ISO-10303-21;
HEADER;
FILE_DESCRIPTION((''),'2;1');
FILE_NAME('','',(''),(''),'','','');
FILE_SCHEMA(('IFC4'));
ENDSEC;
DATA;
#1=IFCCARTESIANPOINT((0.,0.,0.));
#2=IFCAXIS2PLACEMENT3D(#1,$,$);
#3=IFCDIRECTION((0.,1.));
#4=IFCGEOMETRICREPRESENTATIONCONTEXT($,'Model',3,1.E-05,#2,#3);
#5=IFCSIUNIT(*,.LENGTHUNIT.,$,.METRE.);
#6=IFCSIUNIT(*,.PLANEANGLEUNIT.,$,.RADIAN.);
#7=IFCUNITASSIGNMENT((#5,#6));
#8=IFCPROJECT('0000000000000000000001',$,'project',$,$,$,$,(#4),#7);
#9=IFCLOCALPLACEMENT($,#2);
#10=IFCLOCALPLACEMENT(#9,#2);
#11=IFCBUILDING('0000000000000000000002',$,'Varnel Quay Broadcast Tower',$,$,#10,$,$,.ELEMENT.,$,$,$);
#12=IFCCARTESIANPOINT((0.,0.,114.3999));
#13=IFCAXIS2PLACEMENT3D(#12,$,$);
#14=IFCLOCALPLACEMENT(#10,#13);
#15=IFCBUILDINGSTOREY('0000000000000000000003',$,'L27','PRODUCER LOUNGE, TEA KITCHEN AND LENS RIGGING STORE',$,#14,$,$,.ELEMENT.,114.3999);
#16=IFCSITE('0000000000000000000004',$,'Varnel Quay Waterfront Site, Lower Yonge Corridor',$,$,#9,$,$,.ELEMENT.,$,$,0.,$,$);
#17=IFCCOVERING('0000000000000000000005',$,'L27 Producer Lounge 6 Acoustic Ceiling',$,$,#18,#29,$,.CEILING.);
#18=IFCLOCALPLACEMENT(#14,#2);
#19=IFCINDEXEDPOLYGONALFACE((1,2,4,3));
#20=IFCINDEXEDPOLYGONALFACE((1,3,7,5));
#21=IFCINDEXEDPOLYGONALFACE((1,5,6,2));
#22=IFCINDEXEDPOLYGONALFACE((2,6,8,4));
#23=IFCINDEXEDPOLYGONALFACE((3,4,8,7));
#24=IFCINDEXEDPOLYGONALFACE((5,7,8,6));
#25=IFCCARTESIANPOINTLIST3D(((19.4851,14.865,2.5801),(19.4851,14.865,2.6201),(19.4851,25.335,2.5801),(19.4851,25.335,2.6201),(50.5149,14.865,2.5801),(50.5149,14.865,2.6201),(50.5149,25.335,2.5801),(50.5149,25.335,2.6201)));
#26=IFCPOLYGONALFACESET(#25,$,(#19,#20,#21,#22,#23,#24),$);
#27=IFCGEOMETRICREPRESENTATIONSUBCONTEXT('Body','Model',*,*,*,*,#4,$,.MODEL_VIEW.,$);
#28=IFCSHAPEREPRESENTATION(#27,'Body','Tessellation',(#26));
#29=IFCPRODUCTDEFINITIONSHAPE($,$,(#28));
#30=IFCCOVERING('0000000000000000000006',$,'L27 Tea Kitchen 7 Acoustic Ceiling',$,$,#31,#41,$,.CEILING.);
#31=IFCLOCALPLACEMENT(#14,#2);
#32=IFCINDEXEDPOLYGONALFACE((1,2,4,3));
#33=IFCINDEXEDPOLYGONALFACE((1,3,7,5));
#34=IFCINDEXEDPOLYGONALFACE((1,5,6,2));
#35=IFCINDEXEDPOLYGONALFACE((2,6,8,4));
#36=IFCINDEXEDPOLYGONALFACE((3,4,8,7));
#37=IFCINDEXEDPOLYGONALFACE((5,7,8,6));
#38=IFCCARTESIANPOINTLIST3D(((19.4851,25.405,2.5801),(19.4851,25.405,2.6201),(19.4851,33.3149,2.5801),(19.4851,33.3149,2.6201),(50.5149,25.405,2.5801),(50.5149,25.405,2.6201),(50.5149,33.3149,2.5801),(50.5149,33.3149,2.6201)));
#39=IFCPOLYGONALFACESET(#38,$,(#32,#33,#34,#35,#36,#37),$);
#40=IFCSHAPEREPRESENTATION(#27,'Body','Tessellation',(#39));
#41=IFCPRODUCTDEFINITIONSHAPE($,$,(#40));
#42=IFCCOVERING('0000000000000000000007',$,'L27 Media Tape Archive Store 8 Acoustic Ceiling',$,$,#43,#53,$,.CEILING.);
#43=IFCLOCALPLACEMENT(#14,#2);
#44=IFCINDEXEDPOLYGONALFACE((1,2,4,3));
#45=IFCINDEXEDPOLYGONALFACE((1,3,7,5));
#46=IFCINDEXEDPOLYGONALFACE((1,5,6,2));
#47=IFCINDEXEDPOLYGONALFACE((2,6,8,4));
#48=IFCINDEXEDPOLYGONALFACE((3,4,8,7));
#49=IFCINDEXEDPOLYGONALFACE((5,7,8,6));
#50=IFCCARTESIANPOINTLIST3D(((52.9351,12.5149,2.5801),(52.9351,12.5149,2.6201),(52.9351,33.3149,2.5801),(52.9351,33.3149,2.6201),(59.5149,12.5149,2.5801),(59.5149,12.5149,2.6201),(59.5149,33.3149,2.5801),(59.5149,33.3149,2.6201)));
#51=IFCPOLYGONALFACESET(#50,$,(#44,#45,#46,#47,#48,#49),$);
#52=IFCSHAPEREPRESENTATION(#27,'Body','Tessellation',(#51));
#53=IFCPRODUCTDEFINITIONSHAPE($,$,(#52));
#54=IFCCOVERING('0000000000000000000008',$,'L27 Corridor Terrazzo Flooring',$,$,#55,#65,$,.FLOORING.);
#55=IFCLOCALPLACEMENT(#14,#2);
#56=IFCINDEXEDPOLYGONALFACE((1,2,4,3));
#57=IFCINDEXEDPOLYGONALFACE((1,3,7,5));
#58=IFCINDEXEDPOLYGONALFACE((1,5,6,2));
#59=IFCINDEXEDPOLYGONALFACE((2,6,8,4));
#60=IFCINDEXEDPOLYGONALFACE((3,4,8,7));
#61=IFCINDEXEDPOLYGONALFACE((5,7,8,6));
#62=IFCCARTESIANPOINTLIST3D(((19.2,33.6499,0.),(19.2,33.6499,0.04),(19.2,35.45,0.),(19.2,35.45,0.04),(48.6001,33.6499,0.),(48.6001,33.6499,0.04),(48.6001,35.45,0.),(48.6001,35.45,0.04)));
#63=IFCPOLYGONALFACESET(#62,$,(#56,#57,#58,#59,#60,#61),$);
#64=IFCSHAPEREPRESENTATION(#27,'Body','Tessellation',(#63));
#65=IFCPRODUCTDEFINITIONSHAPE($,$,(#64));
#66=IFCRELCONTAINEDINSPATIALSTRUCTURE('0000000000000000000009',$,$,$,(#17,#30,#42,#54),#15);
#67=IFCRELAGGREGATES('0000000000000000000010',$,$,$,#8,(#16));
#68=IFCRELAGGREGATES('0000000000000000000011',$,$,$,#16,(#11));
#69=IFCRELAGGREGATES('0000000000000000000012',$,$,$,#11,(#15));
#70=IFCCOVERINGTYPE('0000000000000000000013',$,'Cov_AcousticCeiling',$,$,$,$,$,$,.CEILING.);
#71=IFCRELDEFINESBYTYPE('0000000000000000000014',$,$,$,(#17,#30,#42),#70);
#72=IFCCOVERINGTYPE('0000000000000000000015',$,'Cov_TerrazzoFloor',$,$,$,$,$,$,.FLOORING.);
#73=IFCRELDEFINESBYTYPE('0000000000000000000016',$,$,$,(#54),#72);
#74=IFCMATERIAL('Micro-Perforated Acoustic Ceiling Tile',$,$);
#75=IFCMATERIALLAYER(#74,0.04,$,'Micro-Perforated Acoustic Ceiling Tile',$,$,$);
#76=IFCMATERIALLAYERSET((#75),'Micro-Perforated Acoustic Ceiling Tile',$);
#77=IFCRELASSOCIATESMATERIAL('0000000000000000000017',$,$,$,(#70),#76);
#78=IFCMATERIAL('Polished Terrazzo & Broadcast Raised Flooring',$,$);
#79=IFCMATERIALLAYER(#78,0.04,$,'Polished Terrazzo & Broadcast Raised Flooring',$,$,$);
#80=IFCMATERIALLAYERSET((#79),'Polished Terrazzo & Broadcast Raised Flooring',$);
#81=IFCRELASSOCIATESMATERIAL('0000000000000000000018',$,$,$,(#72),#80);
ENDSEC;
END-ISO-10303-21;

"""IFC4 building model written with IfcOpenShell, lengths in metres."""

from ifc_helpers import new_model, si_unit, direction, frame, origin, place, context, subcontext, project, spatial, polyline, outline, extrude, material, layer, layer_set, type_object, element, save


model = new_model("IFC4")

# Units and contexts
model_context = context("Model", 3, precision=1e-05, world=origin(), true_north=direction((0.0, 1.0)))
body_context = subcontext(model_context, "Body", "Model", "MODEL_VIEW")
ifc_project = project(units=[si_unit("LENGTHUNIT", "METRE"), si_unit("PLANEANGLEUNIT", "RADIAN")], contexts=[model_context])

# Site, building, storey
site_placement = place(None, origin())
site = spatial("IfcSite", under=ifc_project, at=site_placement, Name="Varnel Quay Waterfront Site, Lower Yonge Corridor", CompositionType="ELEMENT", RefElevation=0.0)
building_placement = place(site_placement, origin())
building = spatial("IfcBuilding", under=site, at=building_placement, Name="Varnel Quay Broadcast Tower", CompositionType="ELEMENT")
storey_placement = place(building_placement, frame((0.0, 0.0, 114.3999)))
storey = spatial("IfcBuildingStorey", under=building, at=storey_placement, Name="L27", Description="PRODUCER LOUNGE, TEA KITCHEN AND LENS RIGGING STORE", CompositionType="ELEMENT", Elevation=114.3999)

# Coverings
ifc_material_1 = material(Name="Micro-Perforated Acoustic Ceiling Tile")
ifc_layer_1 = layer(ifc_material_1, 0.04, Name="Micro-Perforated Acoustic Ceiling Tile")
ifc_layer_set_1 = layer_set([ifc_layer_1], Name="Micro-Perforated Acoustic Ceiling Tile")
covering_type_1 = type_object("IfcCoveringType", Name="Cov_AcousticCeiling", PredefinedType="CEILING", material=ifc_layer_set_1)
covering_1_placement = place(storey_placement, frame((0.0, 0.0, 2.5801)))
element("IfcCovering", 1, at=covering_1_placement, inside=storey, type_object=covering_type_1, Name="L27 Producer Lounge 6 Acoustic Ceiling", PredefinedType="CEILING", context=body_context, shape_type="SweptSolid", body=[
    extrude(outline(polyline([(19.4851, 14.865), (50.5149, 14.865), (50.5149, 25.335), (19.4851, 25.335), (19.4851, 14.865)])), origin(), (0.0, 0.0, 1.0), 0.04),
])
covering_2_placement = place(storey_placement, frame((0.0, 0.0, 2.5801)))
element("IfcCovering", 2, at=covering_2_placement, inside=storey, type_object=covering_type_1, Name="L27 Tea Kitchen 7 Acoustic Ceiling", PredefinedType="CEILING", context=body_context, shape_type="SweptSolid", body=[
    extrude(outline(polyline([(19.4851, 25.405), (50.5149, 25.405), (50.5149, 33.3149), (19.4851, 33.3149), (19.4851, 25.405)])), origin(), (0.0, 0.0, 1.0), 0.04),
])
covering_3_placement = place(storey_placement, frame((0.0, 0.0, 2.5801)))
element("IfcCovering", 3, at=covering_3_placement, inside=storey, type_object=covering_type_1, Name="L27 Media Tape Archive Store 8 Acoustic Ceiling", PredefinedType="CEILING", context=body_context, shape_type="SweptSolid", body=[
    extrude(outline(polyline([(52.9351, 12.5149), (59.5149, 12.5149), (59.5149, 33.3149), (52.9351, 33.3149), (52.9351, 12.5149)])), origin(), (0.0, 0.0, 1.0), 0.04),
])
ifc_material_2 = material(Name="Polished Terrazzo & Broadcast Raised Flooring")
ifc_layer_2 = layer(ifc_material_2, 0.04, Name="Polished Terrazzo & Broadcast Raised Flooring")
ifc_layer_set_2 = layer_set([ifc_layer_2], Name="Polished Terrazzo & Broadcast Raised Flooring")
covering_type_2 = type_object("IfcCoveringType", Name="Cov_TerrazzoFloor", PredefinedType="FLOORING", material=ifc_layer_set_2)
covering_4_placement = place(storey_placement, origin())
element("IfcCovering", 4, at=covering_4_placement, inside=storey, type_object=covering_type_2, Name="L27 Corridor Terrazzo Flooring", PredefinedType="FLOORING", context=body_context, shape_type="SweptSolid", body=[
    extrude(outline(polyline([(19.2, 33.6499), (48.6001, 33.6499), (48.6001, 35.45), (19.2, 35.45), (19.2, 33.6499)])), origin(), (0.0, 0.0, 1.0), 0.04),
])

save(model, "model.ifc")
